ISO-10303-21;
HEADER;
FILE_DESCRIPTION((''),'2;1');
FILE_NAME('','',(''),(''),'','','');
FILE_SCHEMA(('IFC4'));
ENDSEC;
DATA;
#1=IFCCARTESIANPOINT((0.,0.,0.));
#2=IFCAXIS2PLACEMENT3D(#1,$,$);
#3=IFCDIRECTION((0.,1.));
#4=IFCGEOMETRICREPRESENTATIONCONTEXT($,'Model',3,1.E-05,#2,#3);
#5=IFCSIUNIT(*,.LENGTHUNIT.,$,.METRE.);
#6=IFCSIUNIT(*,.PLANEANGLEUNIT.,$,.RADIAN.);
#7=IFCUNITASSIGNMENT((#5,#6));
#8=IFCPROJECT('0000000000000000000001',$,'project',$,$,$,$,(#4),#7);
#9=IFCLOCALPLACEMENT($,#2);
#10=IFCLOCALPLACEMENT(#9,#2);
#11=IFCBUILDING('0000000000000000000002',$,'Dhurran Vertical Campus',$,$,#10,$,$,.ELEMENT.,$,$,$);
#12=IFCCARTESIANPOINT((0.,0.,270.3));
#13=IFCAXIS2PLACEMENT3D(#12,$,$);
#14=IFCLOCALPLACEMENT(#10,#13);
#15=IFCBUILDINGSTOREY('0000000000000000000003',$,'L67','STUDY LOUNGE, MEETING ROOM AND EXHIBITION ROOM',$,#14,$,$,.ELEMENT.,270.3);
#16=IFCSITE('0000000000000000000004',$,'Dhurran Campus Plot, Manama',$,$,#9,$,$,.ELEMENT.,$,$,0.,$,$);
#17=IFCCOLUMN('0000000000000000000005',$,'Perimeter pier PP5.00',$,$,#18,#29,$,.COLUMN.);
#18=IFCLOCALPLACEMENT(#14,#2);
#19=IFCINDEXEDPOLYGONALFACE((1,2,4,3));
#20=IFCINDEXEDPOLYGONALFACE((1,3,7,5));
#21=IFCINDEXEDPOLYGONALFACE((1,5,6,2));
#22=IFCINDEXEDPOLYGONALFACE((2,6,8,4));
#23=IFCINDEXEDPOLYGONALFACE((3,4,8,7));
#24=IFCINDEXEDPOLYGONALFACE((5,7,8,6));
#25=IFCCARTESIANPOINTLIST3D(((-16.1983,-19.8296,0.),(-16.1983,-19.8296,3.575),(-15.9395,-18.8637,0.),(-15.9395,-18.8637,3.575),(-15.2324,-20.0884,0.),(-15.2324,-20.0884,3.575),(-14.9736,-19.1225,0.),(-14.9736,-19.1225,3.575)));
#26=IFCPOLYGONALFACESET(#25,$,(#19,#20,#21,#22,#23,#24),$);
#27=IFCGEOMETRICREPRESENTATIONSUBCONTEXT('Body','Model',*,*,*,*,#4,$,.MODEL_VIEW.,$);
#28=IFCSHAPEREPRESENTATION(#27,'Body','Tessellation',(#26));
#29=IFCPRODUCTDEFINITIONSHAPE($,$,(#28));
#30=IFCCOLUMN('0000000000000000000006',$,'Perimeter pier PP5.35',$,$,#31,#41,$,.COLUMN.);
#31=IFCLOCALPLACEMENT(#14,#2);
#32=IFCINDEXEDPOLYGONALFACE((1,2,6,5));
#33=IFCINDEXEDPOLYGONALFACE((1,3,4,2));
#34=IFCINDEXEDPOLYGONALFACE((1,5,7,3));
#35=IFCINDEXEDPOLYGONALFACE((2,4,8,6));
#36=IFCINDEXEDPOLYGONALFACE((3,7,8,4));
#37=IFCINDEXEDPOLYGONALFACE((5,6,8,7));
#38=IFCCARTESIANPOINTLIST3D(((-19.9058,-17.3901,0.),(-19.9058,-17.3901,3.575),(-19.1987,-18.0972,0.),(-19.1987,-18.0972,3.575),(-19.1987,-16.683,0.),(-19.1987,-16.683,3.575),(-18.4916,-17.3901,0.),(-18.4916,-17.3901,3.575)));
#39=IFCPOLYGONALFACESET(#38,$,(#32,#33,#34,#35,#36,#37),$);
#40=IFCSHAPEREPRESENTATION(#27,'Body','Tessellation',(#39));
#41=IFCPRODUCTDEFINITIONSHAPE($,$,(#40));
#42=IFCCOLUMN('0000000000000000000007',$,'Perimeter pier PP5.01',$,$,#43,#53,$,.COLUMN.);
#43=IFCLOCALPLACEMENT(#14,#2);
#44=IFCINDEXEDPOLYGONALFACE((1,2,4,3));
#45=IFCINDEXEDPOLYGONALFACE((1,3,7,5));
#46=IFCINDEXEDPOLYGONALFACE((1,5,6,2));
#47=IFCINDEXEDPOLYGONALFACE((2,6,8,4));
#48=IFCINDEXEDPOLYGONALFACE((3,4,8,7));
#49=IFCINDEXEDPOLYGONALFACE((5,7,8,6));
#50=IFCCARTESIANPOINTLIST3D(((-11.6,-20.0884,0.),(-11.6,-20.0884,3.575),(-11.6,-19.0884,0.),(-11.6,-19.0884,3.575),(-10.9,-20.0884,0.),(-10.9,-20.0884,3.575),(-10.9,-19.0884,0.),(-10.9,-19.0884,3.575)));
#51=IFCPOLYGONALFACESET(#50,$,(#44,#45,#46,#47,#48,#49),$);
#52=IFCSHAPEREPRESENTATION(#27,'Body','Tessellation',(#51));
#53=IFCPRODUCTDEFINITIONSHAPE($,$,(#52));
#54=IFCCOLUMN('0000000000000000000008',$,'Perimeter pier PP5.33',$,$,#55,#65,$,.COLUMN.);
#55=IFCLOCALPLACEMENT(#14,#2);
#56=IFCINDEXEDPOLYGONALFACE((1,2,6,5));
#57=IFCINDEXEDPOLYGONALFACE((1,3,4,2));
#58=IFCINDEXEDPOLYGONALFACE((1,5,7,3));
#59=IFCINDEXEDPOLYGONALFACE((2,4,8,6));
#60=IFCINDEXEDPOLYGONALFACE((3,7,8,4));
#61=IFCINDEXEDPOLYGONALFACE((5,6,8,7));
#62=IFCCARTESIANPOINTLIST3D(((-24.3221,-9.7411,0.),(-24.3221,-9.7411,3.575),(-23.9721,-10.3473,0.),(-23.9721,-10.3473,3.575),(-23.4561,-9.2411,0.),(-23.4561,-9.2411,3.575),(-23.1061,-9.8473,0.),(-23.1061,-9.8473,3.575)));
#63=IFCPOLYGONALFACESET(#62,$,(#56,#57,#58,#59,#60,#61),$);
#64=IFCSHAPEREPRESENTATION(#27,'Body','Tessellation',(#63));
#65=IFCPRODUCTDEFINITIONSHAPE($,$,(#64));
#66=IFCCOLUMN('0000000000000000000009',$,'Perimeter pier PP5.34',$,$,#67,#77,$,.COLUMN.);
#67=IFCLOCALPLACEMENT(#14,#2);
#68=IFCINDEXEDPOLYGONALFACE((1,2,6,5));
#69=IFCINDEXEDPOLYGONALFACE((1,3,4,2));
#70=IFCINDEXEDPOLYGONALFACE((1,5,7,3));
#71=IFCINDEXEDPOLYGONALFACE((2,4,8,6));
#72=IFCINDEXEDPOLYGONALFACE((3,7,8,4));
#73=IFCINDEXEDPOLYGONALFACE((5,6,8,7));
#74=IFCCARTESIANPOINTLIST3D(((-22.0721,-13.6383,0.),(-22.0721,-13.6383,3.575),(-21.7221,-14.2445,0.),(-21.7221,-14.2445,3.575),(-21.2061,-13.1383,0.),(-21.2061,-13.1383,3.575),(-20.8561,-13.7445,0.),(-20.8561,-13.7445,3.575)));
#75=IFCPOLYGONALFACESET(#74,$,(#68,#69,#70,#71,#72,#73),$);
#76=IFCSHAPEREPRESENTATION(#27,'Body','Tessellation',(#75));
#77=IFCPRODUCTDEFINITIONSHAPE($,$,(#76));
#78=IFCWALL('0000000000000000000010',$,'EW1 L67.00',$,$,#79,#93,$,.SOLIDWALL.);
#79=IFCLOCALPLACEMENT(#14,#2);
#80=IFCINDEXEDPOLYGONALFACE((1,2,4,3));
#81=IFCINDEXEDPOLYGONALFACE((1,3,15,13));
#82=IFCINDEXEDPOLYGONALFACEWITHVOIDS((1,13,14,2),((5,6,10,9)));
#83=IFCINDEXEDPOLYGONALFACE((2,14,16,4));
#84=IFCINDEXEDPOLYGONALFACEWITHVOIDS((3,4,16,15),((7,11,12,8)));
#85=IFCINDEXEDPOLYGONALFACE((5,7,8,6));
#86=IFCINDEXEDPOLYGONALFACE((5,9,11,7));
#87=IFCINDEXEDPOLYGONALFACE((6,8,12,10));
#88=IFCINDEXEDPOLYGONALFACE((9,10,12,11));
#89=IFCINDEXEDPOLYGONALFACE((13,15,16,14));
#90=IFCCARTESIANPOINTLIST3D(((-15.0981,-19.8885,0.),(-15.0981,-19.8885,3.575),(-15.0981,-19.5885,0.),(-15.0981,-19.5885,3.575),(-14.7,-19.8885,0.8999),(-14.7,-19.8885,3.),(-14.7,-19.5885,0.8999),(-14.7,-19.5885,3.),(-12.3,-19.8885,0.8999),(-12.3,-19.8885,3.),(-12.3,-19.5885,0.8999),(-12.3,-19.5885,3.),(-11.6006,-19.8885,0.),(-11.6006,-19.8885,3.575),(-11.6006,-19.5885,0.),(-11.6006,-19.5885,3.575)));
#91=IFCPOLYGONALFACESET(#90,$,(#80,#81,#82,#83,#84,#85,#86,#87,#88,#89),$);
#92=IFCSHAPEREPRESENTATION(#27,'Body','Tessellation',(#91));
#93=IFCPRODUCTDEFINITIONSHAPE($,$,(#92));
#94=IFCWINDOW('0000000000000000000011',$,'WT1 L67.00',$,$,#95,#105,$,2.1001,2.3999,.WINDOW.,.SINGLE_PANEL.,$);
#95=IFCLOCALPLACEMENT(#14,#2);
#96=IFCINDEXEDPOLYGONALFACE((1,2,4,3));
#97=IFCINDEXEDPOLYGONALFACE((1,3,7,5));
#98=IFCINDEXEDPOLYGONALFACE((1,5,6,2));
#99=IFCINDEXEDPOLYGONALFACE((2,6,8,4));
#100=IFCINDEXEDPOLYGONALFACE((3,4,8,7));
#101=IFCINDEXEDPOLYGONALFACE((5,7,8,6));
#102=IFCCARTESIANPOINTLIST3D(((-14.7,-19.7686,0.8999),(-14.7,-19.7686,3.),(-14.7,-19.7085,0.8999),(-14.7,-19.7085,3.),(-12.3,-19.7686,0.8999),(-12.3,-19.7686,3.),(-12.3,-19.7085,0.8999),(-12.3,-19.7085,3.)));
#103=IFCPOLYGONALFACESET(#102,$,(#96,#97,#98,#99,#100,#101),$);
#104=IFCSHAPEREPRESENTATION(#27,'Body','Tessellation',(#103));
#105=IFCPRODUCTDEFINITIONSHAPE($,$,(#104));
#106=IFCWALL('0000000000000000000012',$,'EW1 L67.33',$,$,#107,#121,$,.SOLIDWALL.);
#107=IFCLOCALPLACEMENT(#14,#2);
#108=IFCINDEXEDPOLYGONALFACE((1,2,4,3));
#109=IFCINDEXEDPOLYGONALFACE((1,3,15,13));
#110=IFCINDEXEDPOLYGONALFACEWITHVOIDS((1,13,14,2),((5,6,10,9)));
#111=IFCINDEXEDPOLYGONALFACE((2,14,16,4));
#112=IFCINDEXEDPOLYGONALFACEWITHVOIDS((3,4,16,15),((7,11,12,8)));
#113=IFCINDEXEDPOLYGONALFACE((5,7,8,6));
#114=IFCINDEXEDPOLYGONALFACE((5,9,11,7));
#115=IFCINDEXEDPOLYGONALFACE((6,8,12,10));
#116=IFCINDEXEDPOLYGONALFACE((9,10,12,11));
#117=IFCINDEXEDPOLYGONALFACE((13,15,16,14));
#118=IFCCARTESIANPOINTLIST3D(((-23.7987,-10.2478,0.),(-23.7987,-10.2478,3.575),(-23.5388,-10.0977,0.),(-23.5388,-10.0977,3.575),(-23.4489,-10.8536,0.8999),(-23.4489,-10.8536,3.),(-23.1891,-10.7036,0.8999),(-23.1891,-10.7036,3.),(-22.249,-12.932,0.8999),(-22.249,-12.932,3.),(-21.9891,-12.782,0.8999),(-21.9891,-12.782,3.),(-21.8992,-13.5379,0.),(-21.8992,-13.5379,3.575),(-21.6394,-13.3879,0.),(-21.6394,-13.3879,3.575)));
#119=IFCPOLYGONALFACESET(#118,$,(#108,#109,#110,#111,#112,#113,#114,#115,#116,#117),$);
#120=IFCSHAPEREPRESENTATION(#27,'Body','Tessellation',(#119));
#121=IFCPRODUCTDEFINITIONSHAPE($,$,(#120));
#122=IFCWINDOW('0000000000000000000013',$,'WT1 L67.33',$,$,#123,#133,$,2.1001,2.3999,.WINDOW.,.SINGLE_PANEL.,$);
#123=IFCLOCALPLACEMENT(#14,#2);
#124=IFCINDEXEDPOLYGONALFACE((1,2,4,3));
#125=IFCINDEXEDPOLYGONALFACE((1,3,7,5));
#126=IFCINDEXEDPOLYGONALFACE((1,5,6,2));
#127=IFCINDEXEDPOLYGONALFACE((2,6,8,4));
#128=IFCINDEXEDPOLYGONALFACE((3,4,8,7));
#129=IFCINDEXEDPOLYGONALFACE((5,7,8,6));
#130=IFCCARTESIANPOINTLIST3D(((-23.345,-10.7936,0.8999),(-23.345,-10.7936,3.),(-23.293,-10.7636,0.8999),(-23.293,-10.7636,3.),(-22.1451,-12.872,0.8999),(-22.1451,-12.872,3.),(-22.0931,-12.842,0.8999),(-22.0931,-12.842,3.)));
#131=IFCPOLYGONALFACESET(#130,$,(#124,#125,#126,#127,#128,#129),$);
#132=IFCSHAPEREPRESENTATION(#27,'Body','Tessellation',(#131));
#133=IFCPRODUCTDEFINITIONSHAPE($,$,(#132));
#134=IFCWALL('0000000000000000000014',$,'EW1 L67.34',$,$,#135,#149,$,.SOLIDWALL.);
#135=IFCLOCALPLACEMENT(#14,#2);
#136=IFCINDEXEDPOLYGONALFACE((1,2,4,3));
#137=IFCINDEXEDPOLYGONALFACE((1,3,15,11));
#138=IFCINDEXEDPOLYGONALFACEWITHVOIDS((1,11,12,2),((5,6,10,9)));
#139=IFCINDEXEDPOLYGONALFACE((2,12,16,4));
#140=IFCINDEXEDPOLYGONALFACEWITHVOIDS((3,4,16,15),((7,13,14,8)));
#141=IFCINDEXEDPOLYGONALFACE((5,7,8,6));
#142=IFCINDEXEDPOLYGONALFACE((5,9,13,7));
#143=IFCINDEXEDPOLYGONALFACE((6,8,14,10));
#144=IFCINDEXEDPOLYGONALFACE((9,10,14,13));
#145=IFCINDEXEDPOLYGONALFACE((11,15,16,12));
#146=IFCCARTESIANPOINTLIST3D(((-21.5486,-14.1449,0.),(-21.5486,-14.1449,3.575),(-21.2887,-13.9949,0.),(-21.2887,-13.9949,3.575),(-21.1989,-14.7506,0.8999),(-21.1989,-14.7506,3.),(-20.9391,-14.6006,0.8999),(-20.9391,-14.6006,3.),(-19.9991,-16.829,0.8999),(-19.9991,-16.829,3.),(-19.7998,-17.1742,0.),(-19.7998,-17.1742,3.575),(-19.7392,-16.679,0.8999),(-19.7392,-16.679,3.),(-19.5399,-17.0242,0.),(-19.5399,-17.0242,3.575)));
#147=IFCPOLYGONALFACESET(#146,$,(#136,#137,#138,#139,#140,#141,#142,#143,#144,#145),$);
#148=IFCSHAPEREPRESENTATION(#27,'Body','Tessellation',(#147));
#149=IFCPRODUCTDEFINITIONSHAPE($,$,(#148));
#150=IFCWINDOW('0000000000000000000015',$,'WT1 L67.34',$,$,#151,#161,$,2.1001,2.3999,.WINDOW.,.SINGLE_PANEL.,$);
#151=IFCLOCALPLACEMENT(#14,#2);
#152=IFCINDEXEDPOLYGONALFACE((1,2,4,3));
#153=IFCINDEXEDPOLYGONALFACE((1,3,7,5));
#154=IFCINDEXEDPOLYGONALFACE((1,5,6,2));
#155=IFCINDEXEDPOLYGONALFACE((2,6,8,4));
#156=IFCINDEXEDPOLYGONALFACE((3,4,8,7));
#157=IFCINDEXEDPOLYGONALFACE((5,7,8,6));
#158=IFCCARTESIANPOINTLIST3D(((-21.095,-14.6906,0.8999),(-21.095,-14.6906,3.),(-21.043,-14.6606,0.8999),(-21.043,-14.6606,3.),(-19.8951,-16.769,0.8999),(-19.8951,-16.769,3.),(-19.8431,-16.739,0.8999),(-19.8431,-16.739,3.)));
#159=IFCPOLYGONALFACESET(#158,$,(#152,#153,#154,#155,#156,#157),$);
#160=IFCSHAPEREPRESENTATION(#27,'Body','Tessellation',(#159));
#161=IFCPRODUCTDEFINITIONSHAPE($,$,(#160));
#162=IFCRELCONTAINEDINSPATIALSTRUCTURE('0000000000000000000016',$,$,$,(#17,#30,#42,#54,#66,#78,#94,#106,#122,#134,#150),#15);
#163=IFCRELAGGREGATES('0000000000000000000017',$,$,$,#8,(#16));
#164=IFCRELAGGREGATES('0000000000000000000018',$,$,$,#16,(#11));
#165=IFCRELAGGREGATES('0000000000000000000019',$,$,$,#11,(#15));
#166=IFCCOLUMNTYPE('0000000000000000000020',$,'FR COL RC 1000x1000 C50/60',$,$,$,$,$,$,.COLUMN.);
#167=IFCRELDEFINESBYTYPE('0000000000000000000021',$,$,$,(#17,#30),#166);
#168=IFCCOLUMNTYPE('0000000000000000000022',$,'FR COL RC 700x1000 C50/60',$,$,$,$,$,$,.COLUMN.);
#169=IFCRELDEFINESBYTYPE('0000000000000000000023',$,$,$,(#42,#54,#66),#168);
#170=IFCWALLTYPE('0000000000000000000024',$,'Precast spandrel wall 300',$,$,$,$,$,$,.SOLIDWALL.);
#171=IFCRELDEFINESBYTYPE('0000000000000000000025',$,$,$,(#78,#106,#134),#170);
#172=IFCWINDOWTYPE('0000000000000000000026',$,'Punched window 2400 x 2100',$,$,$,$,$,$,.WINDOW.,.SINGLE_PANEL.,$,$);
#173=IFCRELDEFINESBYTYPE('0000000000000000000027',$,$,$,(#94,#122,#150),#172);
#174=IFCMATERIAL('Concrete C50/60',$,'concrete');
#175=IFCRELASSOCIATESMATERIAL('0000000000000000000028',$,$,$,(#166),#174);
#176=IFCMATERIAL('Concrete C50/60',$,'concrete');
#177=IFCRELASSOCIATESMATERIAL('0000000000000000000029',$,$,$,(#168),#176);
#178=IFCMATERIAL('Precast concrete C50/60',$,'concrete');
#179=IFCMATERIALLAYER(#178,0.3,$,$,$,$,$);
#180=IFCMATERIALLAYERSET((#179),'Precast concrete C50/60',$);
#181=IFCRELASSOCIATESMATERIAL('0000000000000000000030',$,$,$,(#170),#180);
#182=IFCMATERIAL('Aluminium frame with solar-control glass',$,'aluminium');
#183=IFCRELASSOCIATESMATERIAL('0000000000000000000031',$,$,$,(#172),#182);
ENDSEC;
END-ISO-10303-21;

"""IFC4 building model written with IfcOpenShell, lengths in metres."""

from ifc_helpers import new_model, si_unit, direction, frame, frame_2d, origin, origin_2d, place, context, subcontext, project, spatial, rectangle, extrude, material, layer, layer_set, material_profile, profile_set, type_object, element, fill, save


model = new_model("IFC4")

# Units and contexts
model_context = context("Model", 3, precision=1e-05, world=origin(), true_north=direction((0.0, 1.0)))
body_context = subcontext(model_context, "Body", "Model", "MODEL_VIEW")
ifc_project = project(units=[si_unit("LENGTHUNIT", "METRE"), si_unit("PLANEANGLEUNIT", "RADIAN")], contexts=[model_context])

# Site, building, storey
site_placement = place(None, origin())
site = spatial("IfcSite", under=ifc_project, at=site_placement, Name="Dhurran Campus Plot, Manama", CompositionType="ELEMENT", RefElevation=0.0)
building_placement = place(site_placement, origin())
building = spatial("IfcBuilding", under=site, at=building_placement, Name="Dhurran Vertical Campus", CompositionType="ELEMENT")
storey_placement = place(building_placement, frame((0.0, 0.0, 270.3)))
storey = spatial("IfcBuildingStorey", under=building, at=storey_placement, Name="L67", Description="STUDY LOUNGE, MEETING ROOM AND EXHIBITION ROOM", CompositionType="ELEMENT", Elevation=270.3)

# Columns
ifc_material_1 = material(Name="Concrete C50/60", Category="concrete")
ifc_material_profile_1 = material_profile(ifc_material_1, rectangle(XDim=1.0, YDim=1.0, at=origin_2d()), Name="RC 1000x1000")
ifc_profile_set_1 = profile_set([ifc_material_profile_1], Name="Concrete C50/60")
column_type_1 = type_object("IfcColumnType", Name="FR COL RC 1000x1000 C50/60", PredefinedType="COLUMN", material=ifc_profile_set_1)
for number, where, z_axis, x_axis, name in (
    (1, (-15.5859, -19.4761, 0.0), (0.0, 0.0, 1.0), (0.965926, -0.258819, 0.0), "Perimeter pier PP5.00"),
    (2, (-19.1987, -17.3901, 0.0), (0.0, 0.0, 1.0), (0.707107, -0.707107, 0.0), "Perimeter pier PP5.35"),
):
    element("IfcColumn", number, at=place(storey_placement, frame(where, z_axis=z_axis, x_axis=x_axis)), inside=storey, type_object=column_type_1, Name=name, PredefinedType="COLUMN", context=body_context, shape_type="SweptSolid", body=[
        extrude(rectangle(XDim=1.0, YDim=1.0, at=origin_2d()), origin(), (0.0, 0.0, 1.0), 3.575),
    ])
ifc_material_2 = material(Name="Concrete C50/60", Category="concrete")
ifc_material_profile_2 = material_profile(ifc_material_2, rectangle(XDim=0.7, YDim=1.0, at=origin_2d()), Name="RC 700x1000")
ifc_profile_set_2 = profile_set([ifc_material_profile_2], Name="Concrete C50/60")
column_type_2 = type_object("IfcColumnType", Name="FR COL RC 700x1000 C50/60", PredefinedType="COLUMN", material=ifc_profile_set_2)
for number, where, z_axis, x_axis, name in (
    (3, (-11.25, -19.5884, 0.0), (0.0, 0.0, 1.0), (1.0, 0.0, 0.0), "Perimeter pier PP5.01"),
    (4, (-23.7141, -9.7942, 0.0), (0.0, 0.0, 1.0), (0.5, -0.866025, 0.0), "Perimeter pier PP5.33"),
    (5, (-21.4641, -13.6914, 0.0), (0.0, 0.0, 1.0), (0.5, -0.866025, 0.0), "Perimeter pier PP5.34"),
):
    element("IfcColumn", number, at=place(storey_placement, frame(where, z_axis=z_axis, x_axis=x_axis)), inside=storey, type_object=column_type_2, Name=name, PredefinedType="COLUMN", context=body_context, shape_type="SweptSolid", body=[
        extrude(rectangle(XDim=0.7, YDim=1.0, at=origin_2d()), origin(), (0.0, 0.0, 1.0), 3.575),
    ])

# Walls, openings, windows
ifc_material_3 = material(Name="Precast concrete C50/60", Category="concrete")
ifc_layer_1 = layer(ifc_material_3, 0.3)
ifc_layer_set_1 = layer_set([ifc_layer_1], Name="Precast concrete C50/60")
wall_type_1 = type_object("IfcWallType", Name="Precast spandrel wall 300", PredefinedType="SOLIDWALL", material=ifc_layer_set_1)
wall_1_placement = place(storey_placement, frame((-15.0981, -19.7385, 0.0), z_axis=(0.0, 0.0, 1.0), x_axis=(1.0, 0.0, 0.0)))
wall_1 = element("IfcWall", 6, at=wall_1_placement, inside=storey, type_object=wall_type_1, Name="EW1 L67.00", PredefinedType="SOLIDWALL", context=body_context, shape_type="SweptSolid", body=[
    extrude(rectangle(XDim=3.4976, YDim=0.3, at=frame_2d((1.7488, 0.0))), origin(), (0.0, 0.0, 1.0), 3.575),
])
opening_1_placement = place(wall_1_placement, frame((0.3982, 0.0, 0.8999)))
opening_1 = element("IfcOpeningElement", 7, at=opening_1_placement, cuts=wall_1, PredefinedType="OPENING", context=body_context, shape_type="SweptSolid", body=[
    extrude(rectangle(XDim=2.3999, YDim=2.1001, at=frame_2d((1.2, 1.05))), frame((0.0, 0.1599, 0.0), z_axis=(0.0, -1.0, 0.0), x_axis=(1.0, 0.0, 0.0)), (0.0, 0.0, 1.0), 0.3201),
])
ifc_material_4 = material(Name="Aluminium frame with solar-control glass", Category="aluminium")
window_type = type_object("IfcWindowType", Name="Punched window 2400 x 2100", PartitioningType="SINGLE_PANEL", PredefinedType="WINDOW", material=ifc_material_4)
window_1_placement = place(opening_1_placement, origin())
window_1 = element("IfcWindow", 8, at=window_1_placement, inside=storey, type_object=window_type, Name="WT1 L67.00", OverallHeight=2.1001, OverallWidth=2.3999, PartitioningType="SINGLE_PANEL", PredefinedType="WINDOW", context=body_context, shape_type="SweptSolid", body=[
    extrude(rectangle(XDim=2.3999, YDim=2.1001, at=frame_2d((1.2, 1.05))), frame((0.0, 0.03, 0.0), z_axis=(0.0, -1.0, 0.0), x_axis=(1.0, 0.0, 0.0)), (0.0, 0.0, 1.0), 0.0601),
])
fill(opening_1, window_1)
wall_2_placement = place(storey_placement, frame((-23.6687, -10.1729, 0.0), z_axis=(0.0, 0.0, 1.0), x_axis=(0.499982, -0.866036, 0.0)))
wall_2 = element("IfcWall", 9, at=wall_2_placement, inside=storey, type_object=wall_type_1, Name="EW1 L67.33", PredefinedType="SOLIDWALL", context=body_context, shape_type="SweptSolid", body=[
    extrude(rectangle(XDim=3.7991, YDim=0.3, at=frame_2d((1.8994, 0.0))), origin(), (0.0, 0.0, 1.0), 3.575),
])
opening_2_placement = place(wall_2_placement, frame((0.6995, 0.0, 0.8999)))
opening_2 = element("IfcOpeningElement", 10, at=opening_2_placement, cuts=wall_2, PredefinedType="OPENING", context=body_context, shape_type="SweptSolid", body=[
    extrude(rectangle(XDim=2.3999, YDim=2.1001, at=frame_2d((1.2, 1.05))), frame((0.0, 0.1599, 0.0), z_axis=(0.0, -1.0, 0.0), x_axis=(1.0, 0.0, 0.0)), (0.0, 0.0, 1.0), 0.3201),
])
window_2_placement = place(opening_2_placement, origin())
window_2 = element("IfcWindow", 11, at=window_2_placement, inside=storey, type_object=window_type, Name="WT1 L67.33", OverallHeight=2.1001, OverallWidth=2.3999, PartitioningType="SINGLE_PANEL", PredefinedType="WINDOW", context=body_context, shape_type="SweptSolid", body=[
    extrude(rectangle(XDim=2.3999, YDim=2.1001, at=frame_2d((1.2, 1.05))), frame((0.0, 0.03, 0.0), z_axis=(0.0, -1.0, 0.0), x_axis=(1.0, 0.0, 0.0)), (0.0, 0.0, 1.0), 0.0601),
])
fill(opening_2, window_2)
wall_3_placement = place(storey_placement, frame((-21.4187, -14.0698, 0.0), z_axis=(0.0, 0.0, 1.0), x_axis=(0.49996, -0.866048, 0.0)))
wall_3 = element("IfcWall", 12, at=wall_3_placement, inside=storey, type_object=wall_type_1, Name="EW1 L67.34", PredefinedType="SOLIDWALL", context=body_context, shape_type="SweptSolid", body=[
    extrude(rectangle(XDim=3.4978, YDim=0.3, at=frame_2d((1.749, 0.0))), origin(), (0.0, 0.0, 1.0), 3.575),
])
opening_3_placement = place(wall_3_placement, frame((0.6995, 0.0, 0.8999)))
opening_3 = element("IfcOpeningElement", 13, at=opening_3_placement, cuts=wall_3, PredefinedType="OPENING", context=body_context, shape_type="SweptSolid", body=[
    extrude(rectangle(XDim=2.3999, YDim=2.1001, at=frame_2d((1.2, 1.05))), frame((0.0, 0.1599, 0.0), z_axis=(0.0, -1.0, 0.0), x_axis=(1.0, 0.0, 0.0)), (0.0, 0.0, 1.0), 0.3201),
])
window_3_placement = place(opening_3_placement, origin())
window_3 = element("IfcWindow", 14, at=window_3_placement, inside=storey, type_object=window_type, Name="WT1 L67.34", OverallHeight=2.1001, OverallWidth=2.3999, PartitioningType="SINGLE_PANEL", PredefinedType="WINDOW", context=body_context, shape_type="SweptSolid", body=[
    extrude(rectangle(XDim=2.3999, YDim=2.1001, at=frame_2d((1.2, 1.05))), frame((0.0, 0.03, 0.0), z_axis=(0.0, -1.0, 0.0), x_axis=(1.0, 0.0, 0.0)), (0.0, 0.0, 1.0), 0.0601),
])
fill(opening_3, window_3)

save(model, "model.ifc")
